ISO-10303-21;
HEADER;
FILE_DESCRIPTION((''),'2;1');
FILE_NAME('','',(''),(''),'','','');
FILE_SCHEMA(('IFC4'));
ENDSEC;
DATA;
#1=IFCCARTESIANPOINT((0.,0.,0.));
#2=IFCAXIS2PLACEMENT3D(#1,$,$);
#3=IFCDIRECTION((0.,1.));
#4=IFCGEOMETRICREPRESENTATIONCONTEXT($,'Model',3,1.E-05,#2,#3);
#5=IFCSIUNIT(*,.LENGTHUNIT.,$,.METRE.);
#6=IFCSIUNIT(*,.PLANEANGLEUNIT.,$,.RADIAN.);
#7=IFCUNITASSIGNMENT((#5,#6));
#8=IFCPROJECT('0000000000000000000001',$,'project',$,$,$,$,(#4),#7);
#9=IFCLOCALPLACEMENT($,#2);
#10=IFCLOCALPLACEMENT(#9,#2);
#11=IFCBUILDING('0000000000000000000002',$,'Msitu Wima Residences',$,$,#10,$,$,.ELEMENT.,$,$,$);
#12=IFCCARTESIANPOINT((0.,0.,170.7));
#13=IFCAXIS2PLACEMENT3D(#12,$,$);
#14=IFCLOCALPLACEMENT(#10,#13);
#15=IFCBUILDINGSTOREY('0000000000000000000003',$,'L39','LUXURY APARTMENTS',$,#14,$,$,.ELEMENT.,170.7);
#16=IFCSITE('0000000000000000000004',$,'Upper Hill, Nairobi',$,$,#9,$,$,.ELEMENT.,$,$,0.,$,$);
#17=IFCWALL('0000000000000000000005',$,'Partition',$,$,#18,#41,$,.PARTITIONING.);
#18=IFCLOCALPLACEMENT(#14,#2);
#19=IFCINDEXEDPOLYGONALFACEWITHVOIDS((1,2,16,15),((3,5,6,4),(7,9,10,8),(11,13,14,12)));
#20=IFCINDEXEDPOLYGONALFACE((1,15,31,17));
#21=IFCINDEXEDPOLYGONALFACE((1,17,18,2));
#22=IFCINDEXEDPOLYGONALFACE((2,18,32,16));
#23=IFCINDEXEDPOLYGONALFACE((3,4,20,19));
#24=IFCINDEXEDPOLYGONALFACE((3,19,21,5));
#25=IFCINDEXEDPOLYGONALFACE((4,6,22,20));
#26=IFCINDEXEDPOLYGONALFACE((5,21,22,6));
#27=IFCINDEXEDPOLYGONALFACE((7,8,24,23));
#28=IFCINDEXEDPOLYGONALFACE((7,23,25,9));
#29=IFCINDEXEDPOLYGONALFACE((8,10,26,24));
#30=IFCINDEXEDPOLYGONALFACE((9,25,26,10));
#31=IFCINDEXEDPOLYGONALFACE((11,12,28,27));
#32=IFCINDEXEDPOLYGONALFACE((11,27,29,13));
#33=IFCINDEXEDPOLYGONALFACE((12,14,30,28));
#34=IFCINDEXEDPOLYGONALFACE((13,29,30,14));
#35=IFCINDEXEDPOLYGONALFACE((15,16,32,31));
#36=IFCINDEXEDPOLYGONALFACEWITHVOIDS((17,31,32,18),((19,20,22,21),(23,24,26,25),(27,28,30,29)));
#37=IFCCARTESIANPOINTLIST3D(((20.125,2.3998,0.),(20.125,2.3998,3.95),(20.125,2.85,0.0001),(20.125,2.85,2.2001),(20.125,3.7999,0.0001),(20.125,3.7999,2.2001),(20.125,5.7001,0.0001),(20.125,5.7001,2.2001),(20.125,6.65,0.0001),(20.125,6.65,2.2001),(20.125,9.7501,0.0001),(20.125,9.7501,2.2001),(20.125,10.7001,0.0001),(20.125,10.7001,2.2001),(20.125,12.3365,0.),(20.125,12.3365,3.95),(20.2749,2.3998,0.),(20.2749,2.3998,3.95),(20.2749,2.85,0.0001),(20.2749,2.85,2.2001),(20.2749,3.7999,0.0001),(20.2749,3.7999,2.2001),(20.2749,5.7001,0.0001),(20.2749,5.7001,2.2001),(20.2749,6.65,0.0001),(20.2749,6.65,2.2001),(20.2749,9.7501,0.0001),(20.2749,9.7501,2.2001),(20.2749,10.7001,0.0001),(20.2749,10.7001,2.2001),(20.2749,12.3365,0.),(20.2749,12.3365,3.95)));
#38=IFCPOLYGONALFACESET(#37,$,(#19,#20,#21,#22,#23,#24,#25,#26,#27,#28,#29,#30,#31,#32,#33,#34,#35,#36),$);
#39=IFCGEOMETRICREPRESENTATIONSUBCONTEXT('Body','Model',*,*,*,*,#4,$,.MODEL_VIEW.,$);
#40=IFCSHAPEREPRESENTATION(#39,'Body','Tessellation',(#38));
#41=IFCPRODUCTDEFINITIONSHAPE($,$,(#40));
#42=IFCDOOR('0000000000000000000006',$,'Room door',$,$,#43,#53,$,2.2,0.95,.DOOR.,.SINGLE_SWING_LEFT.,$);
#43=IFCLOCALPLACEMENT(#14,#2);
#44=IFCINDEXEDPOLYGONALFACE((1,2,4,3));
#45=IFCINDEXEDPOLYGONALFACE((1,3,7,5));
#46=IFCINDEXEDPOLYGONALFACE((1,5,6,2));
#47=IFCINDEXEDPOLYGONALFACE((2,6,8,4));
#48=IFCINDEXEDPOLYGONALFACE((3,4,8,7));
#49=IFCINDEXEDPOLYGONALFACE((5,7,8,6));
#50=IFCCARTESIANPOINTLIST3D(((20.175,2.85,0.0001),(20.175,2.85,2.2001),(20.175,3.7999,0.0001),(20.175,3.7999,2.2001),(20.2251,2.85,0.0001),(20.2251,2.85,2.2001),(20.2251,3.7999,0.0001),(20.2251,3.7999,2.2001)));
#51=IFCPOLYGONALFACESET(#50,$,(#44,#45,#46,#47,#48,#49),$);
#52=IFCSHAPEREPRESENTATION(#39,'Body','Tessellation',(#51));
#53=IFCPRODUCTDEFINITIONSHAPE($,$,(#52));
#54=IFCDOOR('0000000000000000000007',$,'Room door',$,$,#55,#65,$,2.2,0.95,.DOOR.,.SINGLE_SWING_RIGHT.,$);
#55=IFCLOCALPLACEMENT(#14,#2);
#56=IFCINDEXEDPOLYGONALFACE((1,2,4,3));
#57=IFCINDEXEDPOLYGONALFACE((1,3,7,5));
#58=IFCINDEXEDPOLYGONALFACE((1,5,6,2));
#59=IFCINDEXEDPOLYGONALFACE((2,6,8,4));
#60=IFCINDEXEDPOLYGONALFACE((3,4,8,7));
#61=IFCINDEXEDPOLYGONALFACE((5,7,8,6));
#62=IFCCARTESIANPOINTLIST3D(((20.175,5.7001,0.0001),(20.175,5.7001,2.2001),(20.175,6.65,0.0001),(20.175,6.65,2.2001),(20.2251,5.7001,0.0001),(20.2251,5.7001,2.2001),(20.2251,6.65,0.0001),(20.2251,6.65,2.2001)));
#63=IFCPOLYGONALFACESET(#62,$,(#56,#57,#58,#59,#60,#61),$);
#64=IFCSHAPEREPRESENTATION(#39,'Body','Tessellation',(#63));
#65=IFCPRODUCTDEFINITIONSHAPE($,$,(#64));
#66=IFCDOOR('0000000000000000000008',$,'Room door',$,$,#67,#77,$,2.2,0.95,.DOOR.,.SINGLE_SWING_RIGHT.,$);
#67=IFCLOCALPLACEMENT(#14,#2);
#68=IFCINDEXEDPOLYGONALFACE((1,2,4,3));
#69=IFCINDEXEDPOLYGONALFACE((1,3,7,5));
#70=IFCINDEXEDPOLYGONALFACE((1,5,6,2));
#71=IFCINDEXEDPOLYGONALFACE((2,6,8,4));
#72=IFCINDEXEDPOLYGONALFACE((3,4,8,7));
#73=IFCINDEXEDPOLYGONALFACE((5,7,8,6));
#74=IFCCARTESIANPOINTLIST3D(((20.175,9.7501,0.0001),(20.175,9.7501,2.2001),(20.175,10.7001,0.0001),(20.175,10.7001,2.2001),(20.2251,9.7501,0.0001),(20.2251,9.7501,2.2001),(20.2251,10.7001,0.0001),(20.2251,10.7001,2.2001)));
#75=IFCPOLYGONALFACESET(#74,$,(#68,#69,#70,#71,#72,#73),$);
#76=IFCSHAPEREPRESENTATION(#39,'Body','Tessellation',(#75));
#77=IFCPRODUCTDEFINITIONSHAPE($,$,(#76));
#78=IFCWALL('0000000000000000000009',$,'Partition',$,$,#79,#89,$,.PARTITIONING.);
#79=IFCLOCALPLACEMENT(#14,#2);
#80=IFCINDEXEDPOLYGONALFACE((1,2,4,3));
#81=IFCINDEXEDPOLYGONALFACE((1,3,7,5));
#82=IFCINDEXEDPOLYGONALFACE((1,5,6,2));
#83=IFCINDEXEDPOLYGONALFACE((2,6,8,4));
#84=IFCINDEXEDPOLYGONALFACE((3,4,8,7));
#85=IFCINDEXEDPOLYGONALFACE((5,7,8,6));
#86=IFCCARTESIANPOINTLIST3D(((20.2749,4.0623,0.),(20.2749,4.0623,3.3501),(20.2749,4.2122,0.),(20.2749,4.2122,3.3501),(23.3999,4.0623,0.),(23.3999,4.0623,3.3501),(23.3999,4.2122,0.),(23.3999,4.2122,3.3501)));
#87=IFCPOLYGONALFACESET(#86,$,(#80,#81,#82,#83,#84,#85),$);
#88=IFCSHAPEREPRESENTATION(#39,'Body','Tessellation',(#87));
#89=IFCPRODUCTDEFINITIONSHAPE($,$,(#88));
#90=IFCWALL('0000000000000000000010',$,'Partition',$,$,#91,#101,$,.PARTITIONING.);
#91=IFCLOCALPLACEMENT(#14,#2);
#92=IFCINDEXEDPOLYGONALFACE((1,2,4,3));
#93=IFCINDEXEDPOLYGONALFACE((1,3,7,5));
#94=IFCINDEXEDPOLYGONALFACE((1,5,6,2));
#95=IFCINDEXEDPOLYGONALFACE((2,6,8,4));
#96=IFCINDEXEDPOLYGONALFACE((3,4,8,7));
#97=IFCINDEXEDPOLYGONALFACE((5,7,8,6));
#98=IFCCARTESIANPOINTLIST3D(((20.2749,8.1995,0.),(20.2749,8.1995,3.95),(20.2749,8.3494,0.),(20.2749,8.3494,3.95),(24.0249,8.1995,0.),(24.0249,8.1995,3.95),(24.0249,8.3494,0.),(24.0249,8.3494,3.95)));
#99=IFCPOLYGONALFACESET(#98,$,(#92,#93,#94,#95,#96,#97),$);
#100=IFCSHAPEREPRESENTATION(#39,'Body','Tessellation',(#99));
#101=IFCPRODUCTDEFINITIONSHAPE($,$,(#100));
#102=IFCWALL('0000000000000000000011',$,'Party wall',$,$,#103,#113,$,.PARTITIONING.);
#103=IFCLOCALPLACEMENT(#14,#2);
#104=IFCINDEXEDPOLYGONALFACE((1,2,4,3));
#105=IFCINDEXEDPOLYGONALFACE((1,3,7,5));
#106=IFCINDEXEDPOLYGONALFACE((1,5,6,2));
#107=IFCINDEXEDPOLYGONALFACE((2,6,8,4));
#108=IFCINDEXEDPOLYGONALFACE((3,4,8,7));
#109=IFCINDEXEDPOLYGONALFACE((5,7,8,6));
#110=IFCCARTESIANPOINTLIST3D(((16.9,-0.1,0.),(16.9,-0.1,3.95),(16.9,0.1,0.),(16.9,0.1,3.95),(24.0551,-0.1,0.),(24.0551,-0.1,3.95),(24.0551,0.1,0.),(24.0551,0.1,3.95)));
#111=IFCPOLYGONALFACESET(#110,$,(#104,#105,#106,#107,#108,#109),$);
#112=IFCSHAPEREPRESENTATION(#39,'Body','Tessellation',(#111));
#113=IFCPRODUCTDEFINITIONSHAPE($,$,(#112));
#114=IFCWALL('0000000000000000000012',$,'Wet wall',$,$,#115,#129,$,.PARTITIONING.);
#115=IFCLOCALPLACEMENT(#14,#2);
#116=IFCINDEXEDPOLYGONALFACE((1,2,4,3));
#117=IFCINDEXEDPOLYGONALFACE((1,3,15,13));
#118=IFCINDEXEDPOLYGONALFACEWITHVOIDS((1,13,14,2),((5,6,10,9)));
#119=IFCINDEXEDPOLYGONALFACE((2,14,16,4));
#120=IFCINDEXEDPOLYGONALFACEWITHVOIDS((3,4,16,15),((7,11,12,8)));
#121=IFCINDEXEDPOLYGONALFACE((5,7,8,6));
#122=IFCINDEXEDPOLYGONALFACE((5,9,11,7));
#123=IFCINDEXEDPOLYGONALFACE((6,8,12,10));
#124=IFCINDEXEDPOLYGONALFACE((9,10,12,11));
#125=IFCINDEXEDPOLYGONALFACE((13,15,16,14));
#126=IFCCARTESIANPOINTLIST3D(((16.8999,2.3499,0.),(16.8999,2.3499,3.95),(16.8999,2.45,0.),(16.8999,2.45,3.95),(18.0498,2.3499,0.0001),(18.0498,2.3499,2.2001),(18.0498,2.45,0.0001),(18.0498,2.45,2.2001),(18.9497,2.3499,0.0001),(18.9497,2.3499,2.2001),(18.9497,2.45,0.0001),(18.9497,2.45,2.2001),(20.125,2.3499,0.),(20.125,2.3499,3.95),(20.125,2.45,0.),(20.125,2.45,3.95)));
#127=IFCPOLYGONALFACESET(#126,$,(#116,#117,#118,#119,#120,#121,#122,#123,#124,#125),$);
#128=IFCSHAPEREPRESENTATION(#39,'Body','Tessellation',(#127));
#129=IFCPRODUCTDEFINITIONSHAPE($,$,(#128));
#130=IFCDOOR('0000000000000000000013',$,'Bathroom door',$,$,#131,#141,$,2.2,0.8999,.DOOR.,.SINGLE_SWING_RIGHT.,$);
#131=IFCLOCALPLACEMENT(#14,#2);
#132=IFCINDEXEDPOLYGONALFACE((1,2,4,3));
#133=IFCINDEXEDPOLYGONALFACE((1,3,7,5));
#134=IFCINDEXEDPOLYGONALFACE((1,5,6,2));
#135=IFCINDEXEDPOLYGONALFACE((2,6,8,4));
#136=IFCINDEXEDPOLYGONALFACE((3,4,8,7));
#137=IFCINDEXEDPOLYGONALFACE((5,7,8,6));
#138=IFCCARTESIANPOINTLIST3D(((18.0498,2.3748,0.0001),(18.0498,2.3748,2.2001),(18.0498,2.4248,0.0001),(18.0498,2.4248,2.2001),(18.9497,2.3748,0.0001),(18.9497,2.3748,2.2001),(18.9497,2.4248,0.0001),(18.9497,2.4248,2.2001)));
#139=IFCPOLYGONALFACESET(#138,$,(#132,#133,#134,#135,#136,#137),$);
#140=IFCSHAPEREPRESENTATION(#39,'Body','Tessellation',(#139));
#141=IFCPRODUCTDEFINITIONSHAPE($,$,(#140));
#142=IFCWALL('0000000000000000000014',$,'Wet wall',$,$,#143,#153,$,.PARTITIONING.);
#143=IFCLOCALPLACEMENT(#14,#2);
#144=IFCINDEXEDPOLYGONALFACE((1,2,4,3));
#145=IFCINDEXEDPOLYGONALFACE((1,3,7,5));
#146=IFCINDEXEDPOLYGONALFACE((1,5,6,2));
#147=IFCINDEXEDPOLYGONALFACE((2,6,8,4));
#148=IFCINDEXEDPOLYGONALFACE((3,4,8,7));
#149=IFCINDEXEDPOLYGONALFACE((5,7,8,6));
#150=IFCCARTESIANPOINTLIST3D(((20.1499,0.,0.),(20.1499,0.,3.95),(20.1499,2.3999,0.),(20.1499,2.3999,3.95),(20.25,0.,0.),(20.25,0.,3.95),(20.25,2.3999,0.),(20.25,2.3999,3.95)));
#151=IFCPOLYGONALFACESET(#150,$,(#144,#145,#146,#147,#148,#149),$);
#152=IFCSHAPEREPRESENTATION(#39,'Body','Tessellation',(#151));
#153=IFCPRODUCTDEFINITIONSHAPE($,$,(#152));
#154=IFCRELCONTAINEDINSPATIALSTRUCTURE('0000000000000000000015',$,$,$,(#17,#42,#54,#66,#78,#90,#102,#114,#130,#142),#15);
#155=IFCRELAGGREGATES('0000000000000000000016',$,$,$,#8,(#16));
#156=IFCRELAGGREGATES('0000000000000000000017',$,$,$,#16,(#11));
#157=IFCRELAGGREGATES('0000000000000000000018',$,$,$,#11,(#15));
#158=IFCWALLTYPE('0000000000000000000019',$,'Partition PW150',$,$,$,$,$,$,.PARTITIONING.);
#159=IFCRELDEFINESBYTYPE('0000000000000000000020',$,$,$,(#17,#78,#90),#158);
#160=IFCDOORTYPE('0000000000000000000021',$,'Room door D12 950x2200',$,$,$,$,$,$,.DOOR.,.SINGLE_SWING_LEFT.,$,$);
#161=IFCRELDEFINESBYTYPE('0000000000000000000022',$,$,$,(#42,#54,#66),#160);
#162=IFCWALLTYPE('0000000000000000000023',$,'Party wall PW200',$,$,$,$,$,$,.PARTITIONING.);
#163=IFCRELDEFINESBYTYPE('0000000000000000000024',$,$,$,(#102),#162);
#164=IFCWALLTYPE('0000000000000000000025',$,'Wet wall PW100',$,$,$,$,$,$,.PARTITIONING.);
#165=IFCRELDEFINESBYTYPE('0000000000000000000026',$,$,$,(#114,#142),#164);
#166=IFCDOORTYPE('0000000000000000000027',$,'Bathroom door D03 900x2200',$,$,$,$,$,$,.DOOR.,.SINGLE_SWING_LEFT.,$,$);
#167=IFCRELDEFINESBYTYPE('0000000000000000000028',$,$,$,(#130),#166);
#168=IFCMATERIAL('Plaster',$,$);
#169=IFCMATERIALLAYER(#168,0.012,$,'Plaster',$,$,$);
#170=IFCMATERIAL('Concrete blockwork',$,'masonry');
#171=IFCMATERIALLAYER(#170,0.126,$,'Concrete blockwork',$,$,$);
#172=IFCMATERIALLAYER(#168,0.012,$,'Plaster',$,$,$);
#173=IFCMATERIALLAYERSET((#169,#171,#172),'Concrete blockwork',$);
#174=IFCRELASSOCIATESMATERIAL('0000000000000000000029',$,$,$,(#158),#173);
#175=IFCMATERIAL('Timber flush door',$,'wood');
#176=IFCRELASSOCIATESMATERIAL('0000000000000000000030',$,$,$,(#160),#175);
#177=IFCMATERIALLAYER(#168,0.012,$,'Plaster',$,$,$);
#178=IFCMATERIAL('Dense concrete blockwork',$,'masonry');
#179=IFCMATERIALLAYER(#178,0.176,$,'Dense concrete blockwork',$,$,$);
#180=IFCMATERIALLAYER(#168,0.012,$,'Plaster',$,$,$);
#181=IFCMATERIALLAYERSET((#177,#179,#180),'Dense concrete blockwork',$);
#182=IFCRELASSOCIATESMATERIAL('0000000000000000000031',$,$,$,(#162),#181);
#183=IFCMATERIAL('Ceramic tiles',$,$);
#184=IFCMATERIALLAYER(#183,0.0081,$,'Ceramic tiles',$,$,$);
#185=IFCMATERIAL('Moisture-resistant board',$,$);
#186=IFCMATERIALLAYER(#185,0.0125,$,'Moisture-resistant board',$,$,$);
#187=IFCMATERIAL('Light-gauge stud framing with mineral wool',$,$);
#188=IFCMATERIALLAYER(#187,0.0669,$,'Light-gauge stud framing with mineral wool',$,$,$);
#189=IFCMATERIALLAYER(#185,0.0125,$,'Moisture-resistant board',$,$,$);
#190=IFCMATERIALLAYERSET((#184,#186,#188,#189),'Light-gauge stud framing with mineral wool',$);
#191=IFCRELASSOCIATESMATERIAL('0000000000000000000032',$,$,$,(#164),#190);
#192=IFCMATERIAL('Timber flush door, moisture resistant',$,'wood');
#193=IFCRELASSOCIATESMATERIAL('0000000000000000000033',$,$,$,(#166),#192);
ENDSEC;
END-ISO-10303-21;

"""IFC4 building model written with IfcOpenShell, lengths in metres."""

from ifc_helpers import new_model, si_unit, direction, frame, frame_2d, origin, place, context, subcontext, project, spatial, rectangle, extrude, material, layer, layer_set, type_object, element, fill, save


model = new_model("IFC4")

# Units and contexts
model_context = context("Model", 3, precision=1e-05, world=origin(), true_north=direction((0.0, 1.0)))
body_context = subcontext(model_context, "Body", "Model", "MODEL_VIEW")
ifc_project = project(units=[si_unit("LENGTHUNIT", "METRE"), si_unit("PLANEANGLEUNIT", "RADIAN")], contexts=[model_context])

# Site, building, storey
site_placement = place(None, origin())
site = spatial("IfcSite", under=ifc_project, at=site_placement, Name="Upper Hill, Nairobi", CompositionType="ELEMENT", RefElevation=0.0)
building_placement = place(site_placement, origin())
building = spatial("IfcBuilding", under=site, at=building_placement, Name="Msitu Wima Residences", CompositionType="ELEMENT")
storey_placement = place(building_placement, frame((0.0, 0.0, 170.7)))
storey = spatial("IfcBuildingStorey", under=building, at=storey_placement, Name="L39", Description="LUXURY APARTMENTS", CompositionType="ELEMENT", Elevation=170.7)

# Shared definitions
ifc_material_1 = material(Name="Plaster")
ifc_material_2 = material(Name="Concrete blockwork", Category="masonry")

# Shared definitions
ifc_layer_1 = layer(ifc_material_1, 0.012, Name="Plaster")
ifc_layer_2 = layer(ifc_material_2, 0.126, Name="Concrete blockwork")
ifc_layer_3 = layer(ifc_material_1, 0.012, Name="Plaster")
ifc_layer_set_1 = layer_set([ifc_layer_1, ifc_layer_2, ifc_layer_3], Name="Concrete blockwork")
wall_type_1 = type_object("IfcWallType", Name="Partition PW150", PredefinedType="PARTITIONING", material=ifc_layer_set_1)
ifc_material_3 = material(Name="Timber flush door", Category="wood")
door_type_1 = type_object("IfcDoorType", Name="Room door D12 950x2200", OperationType="SINGLE_SWING_LEFT", PredefinedType="DOOR", material=ifc_material_3)

# Wall, openings, doors
wall_1_placement = place(storey_placement, frame((20.2, 2.3999, 0.0), z_axis=(0.0, 0.0, 1.0), x_axis=(0.0, 1.0, 0.0)))
wall_1 = element("IfcWall", 1, at=wall_1_placement, inside=storey, type_object=wall_type_1, Name="Partition", PredefinedType="PARTITIONING", context=body_context, shape_type="SweptSolid", body=[
    extrude(rectangle(XDim=9.9368, YDim=0.1499, at=frame_2d((4.9683, 0.0))), origin(), (0.0, 0.0, 1.0), 3.95),
])
opening_1_placement = place(wall_1_placement, frame((0.45, 0.0, 0.0)))
opening_1 = element("IfcOpeningElement", 2, at=opening_1_placement, cuts=wall_1, PredefinedType="OPENING", context=body_context, shape_type="SweptSolid", body=[
    extrude(rectangle(XDim=0.95, YDim=2.2, at=frame_2d((0.4751, 1.1001))), frame((0.0, 0.085, 0.0), z_axis=(0.0, -1.0, 0.0), x_axis=(1.0, 0.0, 0.0)), (0.0, 0.0, 1.0), 0.1699),
])
opening_2_placement = place(wall_1_placement, frame((3.3, 0.0, 0.0)))
opening_2 = element("IfcOpeningElement", 3, at=opening_2_placement, cuts=wall_1, PredefinedType="OPENING", context=body_context, shape_type="SweptSolid", body=[
    extrude(rectangle(XDim=0.95, YDim=2.2, at=frame_2d((0.4751, 1.1001))), frame((0.0, 0.085, 0.0), z_axis=(0.0, -1.0, 0.0), x_axis=(1.0, 0.0, 0.0)), (0.0, 0.0, 1.0), 0.1699),
])
opening_3_placement = place(wall_1_placement, frame((7.3501, 0.0, 0.0)))
opening_3 = element("IfcOpeningElement", 4, at=opening_3_placement, cuts=wall_1, PredefinedType="OPENING", context=body_context, shape_type="SweptSolid", body=[
    extrude(rectangle(XDim=0.95, YDim=2.2, at=frame_2d((0.4751, 1.1001))), frame((0.0, 0.085, 0.0), z_axis=(0.0, -1.0, 0.0), x_axis=(1.0, 0.0, 0.0)), (0.0, 0.0, 1.0), 0.1699),
])
door_1_placement = place(opening_1_placement, origin())
door_1 = element("IfcDoor", 5, at=door_1_placement, inside=storey, type_object=door_type_1, Name="Room door", OperationType="SINGLE_SWING_LEFT", OverallHeight=2.2, OverallWidth=0.95, PredefinedType="DOOR", context=body_context, shape_type="SweptSolid", body=[
    extrude(rectangle(XDim=0.95, YDim=2.2, at=frame_2d((0.4751, 1.1001))), frame((0.0, 0.0249, 0.0), z_axis=(0.0, -1.0, 0.0), x_axis=(1.0, 0.0, 0.0)), (0.0, 0.0, 1.0), 0.05),
])
fill(opening_1, door_1)
door_2_placement = place(opening_2_placement, origin())
door_2 = element("IfcDoor", 6, at=door_2_placement, inside=storey, type_object=door_type_1, Name="Room door", OperationType="SINGLE_SWING_RIGHT", OverallHeight=2.2, OverallWidth=0.95, PredefinedType="DOOR", context=body_context, shape_type="SweptSolid", body=[
    extrude(rectangle(XDim=0.95, YDim=2.2, at=frame_2d((0.4751, 1.1001))), frame((0.0, 0.0249, 0.0), z_axis=(0.0, -1.0, 0.0), x_axis=(1.0, 0.0, 0.0)), (0.0, 0.0, 1.0), 0.05),
])
fill(opening_2, door_2)
door_3_placement = place(opening_3_placement, origin())
door_3 = element("IfcDoor", 7, at=door_3_placement, inside=storey, type_object=door_type_1, Name="Room door", OperationType="SINGLE_SWING_RIGHT", OverallHeight=2.2, OverallWidth=0.95, PredefinedType="DOOR", context=body_context, shape_type="SweptSolid", body=[
    extrude(rectangle(XDim=0.95, YDim=2.2, at=frame_2d((0.4751, 1.1001))), frame((0.0, 0.0249, 0.0), z_axis=(0.0, -1.0, 0.0), x_axis=(1.0, 0.0, 0.0)), (0.0, 0.0, 1.0), 0.05),
])
fill(opening_3, door_3)

# Walls
wall_2_placement = place(storey_placement, frame((20.2749, 4.1372, 0.0), z_axis=(0.0, 0.0, 1.0), x_axis=(1.0, 0.0, 0.0)))
element("IfcWall", 8, at=wall_2_placement, inside=storey, type_object=wall_type_1, Name="Partition", PredefinedType="PARTITIONING", context=body_context, shape_type="SweptSolid", body=[
    extrude(rectangle(XDim=3.125, YDim=0.1499, at=frame_2d((1.5625, 0.0))), origin(), (0.0, 0.0, 1.0), 3.3501),
])
wall_3_placement = place(storey_placement, frame((20.2749, 8.2744, 0.0), z_axis=(0.0, 0.0, 1.0), x_axis=(1.0, 0.0, 0.0)))
element("IfcWall", 9, at=wall_3_placement, inside=storey, type_object=wall_type_1, Name="Partition", PredefinedType="PARTITIONING", context=body_context, shape_type="SweptSolid", body=[
    extrude(rectangle(XDim=3.75, YDim=0.1499, at=frame_2d((1.875, 0.0))), origin(), (0.0, 0.0, 1.0), 3.95),
])
ifc_layer_4 = layer(ifc_material_1, 0.012, Name="Plaster")
ifc_material_4 = material(Name="Dense concrete blockwork", Category="masonry")
ifc_layer_5 = layer(ifc_material_4, 0.176, Name="Dense concrete blockwork")
ifc_layer_6 = layer(ifc_material_1, 0.012, Name="Plaster")
ifc_layer_set_2 = layer_set([ifc_layer_4, ifc_layer_5, ifc_layer_6], Name="Dense concrete blockwork")
wall_type_2 = type_object("IfcWallType", Name="Party wall PW200", PredefinedType="PARTITIONING", material=ifc_layer_set_2)
wall_4_placement = place(storey_placement, frame((16.8999, 0.0, 0.0), z_axis=(0.0, 0.0, 1.0), x_axis=(1.0, 0.0, 0.0)))
element("IfcWall", 10, at=wall_4_placement, inside=storey, type_object=wall_type_2, Name="Party wall", PredefinedType="PARTITIONING", context=body_context, shape_type="SweptSolid", body=[
    extrude(rectangle(XDim=7.155, YDim=0.2, at=frame_2d((3.5776, 0.0))), origin(), (0.0, 0.0, 1.0), 3.95),
])

# Wall, opening, door
ifc_material_5 = material(Name="Ceramic tiles")
ifc_layer_7 = layer(ifc_material_5, 0.0081, Name="Ceramic tiles")
ifc_material_6 = material(Name="Moisture-resistant board")
ifc_layer_8 = layer(ifc_material_6, 0.0125, Name="Moisture-resistant board")
ifc_material_7 = material(Name="Light-gauge stud framing with mineral wool")
ifc_layer_9 = layer(ifc_material_7, 0.0669, Name="Light-gauge stud framing with mineral wool")
ifc_layer_10 = layer(ifc_material_6, 0.0125, Name="Moisture-resistant board")
ifc_layer_set_3 = layer_set([ifc_layer_7, ifc_layer_8, ifc_layer_9, ifc_layer_10], Name="Light-gauge stud framing with mineral wool")
wall_type_3 = type_object("IfcWallType", Name="Wet wall PW100", PredefinedType="PARTITIONING", material=ifc_layer_set_3)
wall_5_placement = place(storey_placement, frame((16.8999, 2.3999, 0.0), z_axis=(0.0, 0.0, 1.0), x_axis=(1.0, 0.0, 0.0)))
wall_5 = element("IfcWall", 11, at=wall_5_placement, inside=storey, type_object=wall_type_3, Name="Wet wall", PredefinedType="PARTITIONING", context=body_context, shape_type="SweptSolid", body=[
    extrude(rectangle(XDim=3.2251, YDim=0.1001, at=frame_2d((1.6125, 0.0))), origin(), (0.0, 0.0, 1.0), 3.95),
])
opening_4_placement = place(wall_5_placement, frame((1.1499, 0.0, 0.0)))
opening_4 = element("IfcOpeningElement", 12, at=opening_4_placement, cuts=wall_5, PredefinedType="OPENING", context=body_context, shape_type="SweptSolid", body=[
    extrude(rectangle(XDim=0.8999, YDim=2.2, at=frame_2d((0.45, 1.1001))), frame((0.0, 0.0601, 0.0), z_axis=(0.0, -1.0, 0.0), x_axis=(1.0, 0.0, 0.0)), (0.0, 0.0, 1.0), 0.1201),
])
ifc_material_8 = material(Name="Timber flush door, moisture resistant", Category="wood")
door_type_2 = type_object("IfcDoorType", Name="Bathroom door D03 900x2200", OperationType="SINGLE_SWING_LEFT", PredefinedType="DOOR", material=ifc_material_8)
door_4_placement = place(opening_4_placement, origin())
door_4 = element("IfcDoor", 13, at=door_4_placement, inside=storey, type_object=door_type_2, Name="Bathroom door", OperationType="SINGLE_SWING_RIGHT", OverallHeight=2.2, OverallWidth=0.8999, PredefinedType="DOOR", context=body_context, shape_type="SweptSolid", body=[
    extrude(rectangle(XDim=0.8999, YDim=2.2, at=frame_2d((0.45, 1.1001))), frame((0.0, 0.0249, 0.0), z_axis=(0.0, -1.0, 0.0), x_axis=(1.0, 0.0, 0.0)), (0.0, 0.0, 1.0), 0.05),
])
fill(opening_4, door_4)

# Wall
wall_6_placement = place(storey_placement, frame((20.2, 0.0, 0.0), z_axis=(0.0, 0.0, 1.0), x_axis=(0.0, 1.0, 0.0)))
element("IfcWall", 14, at=wall_6_placement, inside=storey, type_object=wall_type_3, Name="Wet wall", PredefinedType="PARTITIONING", context=body_context, shape_type="SweptSolid", body=[
    extrude(rectangle(XDim=2.3999, YDim=0.1001, at=frame_2d((1.2, 0.0))), origin(), (0.0, 0.0, 1.0), 3.95),
])

save(model, "model.ifc")
